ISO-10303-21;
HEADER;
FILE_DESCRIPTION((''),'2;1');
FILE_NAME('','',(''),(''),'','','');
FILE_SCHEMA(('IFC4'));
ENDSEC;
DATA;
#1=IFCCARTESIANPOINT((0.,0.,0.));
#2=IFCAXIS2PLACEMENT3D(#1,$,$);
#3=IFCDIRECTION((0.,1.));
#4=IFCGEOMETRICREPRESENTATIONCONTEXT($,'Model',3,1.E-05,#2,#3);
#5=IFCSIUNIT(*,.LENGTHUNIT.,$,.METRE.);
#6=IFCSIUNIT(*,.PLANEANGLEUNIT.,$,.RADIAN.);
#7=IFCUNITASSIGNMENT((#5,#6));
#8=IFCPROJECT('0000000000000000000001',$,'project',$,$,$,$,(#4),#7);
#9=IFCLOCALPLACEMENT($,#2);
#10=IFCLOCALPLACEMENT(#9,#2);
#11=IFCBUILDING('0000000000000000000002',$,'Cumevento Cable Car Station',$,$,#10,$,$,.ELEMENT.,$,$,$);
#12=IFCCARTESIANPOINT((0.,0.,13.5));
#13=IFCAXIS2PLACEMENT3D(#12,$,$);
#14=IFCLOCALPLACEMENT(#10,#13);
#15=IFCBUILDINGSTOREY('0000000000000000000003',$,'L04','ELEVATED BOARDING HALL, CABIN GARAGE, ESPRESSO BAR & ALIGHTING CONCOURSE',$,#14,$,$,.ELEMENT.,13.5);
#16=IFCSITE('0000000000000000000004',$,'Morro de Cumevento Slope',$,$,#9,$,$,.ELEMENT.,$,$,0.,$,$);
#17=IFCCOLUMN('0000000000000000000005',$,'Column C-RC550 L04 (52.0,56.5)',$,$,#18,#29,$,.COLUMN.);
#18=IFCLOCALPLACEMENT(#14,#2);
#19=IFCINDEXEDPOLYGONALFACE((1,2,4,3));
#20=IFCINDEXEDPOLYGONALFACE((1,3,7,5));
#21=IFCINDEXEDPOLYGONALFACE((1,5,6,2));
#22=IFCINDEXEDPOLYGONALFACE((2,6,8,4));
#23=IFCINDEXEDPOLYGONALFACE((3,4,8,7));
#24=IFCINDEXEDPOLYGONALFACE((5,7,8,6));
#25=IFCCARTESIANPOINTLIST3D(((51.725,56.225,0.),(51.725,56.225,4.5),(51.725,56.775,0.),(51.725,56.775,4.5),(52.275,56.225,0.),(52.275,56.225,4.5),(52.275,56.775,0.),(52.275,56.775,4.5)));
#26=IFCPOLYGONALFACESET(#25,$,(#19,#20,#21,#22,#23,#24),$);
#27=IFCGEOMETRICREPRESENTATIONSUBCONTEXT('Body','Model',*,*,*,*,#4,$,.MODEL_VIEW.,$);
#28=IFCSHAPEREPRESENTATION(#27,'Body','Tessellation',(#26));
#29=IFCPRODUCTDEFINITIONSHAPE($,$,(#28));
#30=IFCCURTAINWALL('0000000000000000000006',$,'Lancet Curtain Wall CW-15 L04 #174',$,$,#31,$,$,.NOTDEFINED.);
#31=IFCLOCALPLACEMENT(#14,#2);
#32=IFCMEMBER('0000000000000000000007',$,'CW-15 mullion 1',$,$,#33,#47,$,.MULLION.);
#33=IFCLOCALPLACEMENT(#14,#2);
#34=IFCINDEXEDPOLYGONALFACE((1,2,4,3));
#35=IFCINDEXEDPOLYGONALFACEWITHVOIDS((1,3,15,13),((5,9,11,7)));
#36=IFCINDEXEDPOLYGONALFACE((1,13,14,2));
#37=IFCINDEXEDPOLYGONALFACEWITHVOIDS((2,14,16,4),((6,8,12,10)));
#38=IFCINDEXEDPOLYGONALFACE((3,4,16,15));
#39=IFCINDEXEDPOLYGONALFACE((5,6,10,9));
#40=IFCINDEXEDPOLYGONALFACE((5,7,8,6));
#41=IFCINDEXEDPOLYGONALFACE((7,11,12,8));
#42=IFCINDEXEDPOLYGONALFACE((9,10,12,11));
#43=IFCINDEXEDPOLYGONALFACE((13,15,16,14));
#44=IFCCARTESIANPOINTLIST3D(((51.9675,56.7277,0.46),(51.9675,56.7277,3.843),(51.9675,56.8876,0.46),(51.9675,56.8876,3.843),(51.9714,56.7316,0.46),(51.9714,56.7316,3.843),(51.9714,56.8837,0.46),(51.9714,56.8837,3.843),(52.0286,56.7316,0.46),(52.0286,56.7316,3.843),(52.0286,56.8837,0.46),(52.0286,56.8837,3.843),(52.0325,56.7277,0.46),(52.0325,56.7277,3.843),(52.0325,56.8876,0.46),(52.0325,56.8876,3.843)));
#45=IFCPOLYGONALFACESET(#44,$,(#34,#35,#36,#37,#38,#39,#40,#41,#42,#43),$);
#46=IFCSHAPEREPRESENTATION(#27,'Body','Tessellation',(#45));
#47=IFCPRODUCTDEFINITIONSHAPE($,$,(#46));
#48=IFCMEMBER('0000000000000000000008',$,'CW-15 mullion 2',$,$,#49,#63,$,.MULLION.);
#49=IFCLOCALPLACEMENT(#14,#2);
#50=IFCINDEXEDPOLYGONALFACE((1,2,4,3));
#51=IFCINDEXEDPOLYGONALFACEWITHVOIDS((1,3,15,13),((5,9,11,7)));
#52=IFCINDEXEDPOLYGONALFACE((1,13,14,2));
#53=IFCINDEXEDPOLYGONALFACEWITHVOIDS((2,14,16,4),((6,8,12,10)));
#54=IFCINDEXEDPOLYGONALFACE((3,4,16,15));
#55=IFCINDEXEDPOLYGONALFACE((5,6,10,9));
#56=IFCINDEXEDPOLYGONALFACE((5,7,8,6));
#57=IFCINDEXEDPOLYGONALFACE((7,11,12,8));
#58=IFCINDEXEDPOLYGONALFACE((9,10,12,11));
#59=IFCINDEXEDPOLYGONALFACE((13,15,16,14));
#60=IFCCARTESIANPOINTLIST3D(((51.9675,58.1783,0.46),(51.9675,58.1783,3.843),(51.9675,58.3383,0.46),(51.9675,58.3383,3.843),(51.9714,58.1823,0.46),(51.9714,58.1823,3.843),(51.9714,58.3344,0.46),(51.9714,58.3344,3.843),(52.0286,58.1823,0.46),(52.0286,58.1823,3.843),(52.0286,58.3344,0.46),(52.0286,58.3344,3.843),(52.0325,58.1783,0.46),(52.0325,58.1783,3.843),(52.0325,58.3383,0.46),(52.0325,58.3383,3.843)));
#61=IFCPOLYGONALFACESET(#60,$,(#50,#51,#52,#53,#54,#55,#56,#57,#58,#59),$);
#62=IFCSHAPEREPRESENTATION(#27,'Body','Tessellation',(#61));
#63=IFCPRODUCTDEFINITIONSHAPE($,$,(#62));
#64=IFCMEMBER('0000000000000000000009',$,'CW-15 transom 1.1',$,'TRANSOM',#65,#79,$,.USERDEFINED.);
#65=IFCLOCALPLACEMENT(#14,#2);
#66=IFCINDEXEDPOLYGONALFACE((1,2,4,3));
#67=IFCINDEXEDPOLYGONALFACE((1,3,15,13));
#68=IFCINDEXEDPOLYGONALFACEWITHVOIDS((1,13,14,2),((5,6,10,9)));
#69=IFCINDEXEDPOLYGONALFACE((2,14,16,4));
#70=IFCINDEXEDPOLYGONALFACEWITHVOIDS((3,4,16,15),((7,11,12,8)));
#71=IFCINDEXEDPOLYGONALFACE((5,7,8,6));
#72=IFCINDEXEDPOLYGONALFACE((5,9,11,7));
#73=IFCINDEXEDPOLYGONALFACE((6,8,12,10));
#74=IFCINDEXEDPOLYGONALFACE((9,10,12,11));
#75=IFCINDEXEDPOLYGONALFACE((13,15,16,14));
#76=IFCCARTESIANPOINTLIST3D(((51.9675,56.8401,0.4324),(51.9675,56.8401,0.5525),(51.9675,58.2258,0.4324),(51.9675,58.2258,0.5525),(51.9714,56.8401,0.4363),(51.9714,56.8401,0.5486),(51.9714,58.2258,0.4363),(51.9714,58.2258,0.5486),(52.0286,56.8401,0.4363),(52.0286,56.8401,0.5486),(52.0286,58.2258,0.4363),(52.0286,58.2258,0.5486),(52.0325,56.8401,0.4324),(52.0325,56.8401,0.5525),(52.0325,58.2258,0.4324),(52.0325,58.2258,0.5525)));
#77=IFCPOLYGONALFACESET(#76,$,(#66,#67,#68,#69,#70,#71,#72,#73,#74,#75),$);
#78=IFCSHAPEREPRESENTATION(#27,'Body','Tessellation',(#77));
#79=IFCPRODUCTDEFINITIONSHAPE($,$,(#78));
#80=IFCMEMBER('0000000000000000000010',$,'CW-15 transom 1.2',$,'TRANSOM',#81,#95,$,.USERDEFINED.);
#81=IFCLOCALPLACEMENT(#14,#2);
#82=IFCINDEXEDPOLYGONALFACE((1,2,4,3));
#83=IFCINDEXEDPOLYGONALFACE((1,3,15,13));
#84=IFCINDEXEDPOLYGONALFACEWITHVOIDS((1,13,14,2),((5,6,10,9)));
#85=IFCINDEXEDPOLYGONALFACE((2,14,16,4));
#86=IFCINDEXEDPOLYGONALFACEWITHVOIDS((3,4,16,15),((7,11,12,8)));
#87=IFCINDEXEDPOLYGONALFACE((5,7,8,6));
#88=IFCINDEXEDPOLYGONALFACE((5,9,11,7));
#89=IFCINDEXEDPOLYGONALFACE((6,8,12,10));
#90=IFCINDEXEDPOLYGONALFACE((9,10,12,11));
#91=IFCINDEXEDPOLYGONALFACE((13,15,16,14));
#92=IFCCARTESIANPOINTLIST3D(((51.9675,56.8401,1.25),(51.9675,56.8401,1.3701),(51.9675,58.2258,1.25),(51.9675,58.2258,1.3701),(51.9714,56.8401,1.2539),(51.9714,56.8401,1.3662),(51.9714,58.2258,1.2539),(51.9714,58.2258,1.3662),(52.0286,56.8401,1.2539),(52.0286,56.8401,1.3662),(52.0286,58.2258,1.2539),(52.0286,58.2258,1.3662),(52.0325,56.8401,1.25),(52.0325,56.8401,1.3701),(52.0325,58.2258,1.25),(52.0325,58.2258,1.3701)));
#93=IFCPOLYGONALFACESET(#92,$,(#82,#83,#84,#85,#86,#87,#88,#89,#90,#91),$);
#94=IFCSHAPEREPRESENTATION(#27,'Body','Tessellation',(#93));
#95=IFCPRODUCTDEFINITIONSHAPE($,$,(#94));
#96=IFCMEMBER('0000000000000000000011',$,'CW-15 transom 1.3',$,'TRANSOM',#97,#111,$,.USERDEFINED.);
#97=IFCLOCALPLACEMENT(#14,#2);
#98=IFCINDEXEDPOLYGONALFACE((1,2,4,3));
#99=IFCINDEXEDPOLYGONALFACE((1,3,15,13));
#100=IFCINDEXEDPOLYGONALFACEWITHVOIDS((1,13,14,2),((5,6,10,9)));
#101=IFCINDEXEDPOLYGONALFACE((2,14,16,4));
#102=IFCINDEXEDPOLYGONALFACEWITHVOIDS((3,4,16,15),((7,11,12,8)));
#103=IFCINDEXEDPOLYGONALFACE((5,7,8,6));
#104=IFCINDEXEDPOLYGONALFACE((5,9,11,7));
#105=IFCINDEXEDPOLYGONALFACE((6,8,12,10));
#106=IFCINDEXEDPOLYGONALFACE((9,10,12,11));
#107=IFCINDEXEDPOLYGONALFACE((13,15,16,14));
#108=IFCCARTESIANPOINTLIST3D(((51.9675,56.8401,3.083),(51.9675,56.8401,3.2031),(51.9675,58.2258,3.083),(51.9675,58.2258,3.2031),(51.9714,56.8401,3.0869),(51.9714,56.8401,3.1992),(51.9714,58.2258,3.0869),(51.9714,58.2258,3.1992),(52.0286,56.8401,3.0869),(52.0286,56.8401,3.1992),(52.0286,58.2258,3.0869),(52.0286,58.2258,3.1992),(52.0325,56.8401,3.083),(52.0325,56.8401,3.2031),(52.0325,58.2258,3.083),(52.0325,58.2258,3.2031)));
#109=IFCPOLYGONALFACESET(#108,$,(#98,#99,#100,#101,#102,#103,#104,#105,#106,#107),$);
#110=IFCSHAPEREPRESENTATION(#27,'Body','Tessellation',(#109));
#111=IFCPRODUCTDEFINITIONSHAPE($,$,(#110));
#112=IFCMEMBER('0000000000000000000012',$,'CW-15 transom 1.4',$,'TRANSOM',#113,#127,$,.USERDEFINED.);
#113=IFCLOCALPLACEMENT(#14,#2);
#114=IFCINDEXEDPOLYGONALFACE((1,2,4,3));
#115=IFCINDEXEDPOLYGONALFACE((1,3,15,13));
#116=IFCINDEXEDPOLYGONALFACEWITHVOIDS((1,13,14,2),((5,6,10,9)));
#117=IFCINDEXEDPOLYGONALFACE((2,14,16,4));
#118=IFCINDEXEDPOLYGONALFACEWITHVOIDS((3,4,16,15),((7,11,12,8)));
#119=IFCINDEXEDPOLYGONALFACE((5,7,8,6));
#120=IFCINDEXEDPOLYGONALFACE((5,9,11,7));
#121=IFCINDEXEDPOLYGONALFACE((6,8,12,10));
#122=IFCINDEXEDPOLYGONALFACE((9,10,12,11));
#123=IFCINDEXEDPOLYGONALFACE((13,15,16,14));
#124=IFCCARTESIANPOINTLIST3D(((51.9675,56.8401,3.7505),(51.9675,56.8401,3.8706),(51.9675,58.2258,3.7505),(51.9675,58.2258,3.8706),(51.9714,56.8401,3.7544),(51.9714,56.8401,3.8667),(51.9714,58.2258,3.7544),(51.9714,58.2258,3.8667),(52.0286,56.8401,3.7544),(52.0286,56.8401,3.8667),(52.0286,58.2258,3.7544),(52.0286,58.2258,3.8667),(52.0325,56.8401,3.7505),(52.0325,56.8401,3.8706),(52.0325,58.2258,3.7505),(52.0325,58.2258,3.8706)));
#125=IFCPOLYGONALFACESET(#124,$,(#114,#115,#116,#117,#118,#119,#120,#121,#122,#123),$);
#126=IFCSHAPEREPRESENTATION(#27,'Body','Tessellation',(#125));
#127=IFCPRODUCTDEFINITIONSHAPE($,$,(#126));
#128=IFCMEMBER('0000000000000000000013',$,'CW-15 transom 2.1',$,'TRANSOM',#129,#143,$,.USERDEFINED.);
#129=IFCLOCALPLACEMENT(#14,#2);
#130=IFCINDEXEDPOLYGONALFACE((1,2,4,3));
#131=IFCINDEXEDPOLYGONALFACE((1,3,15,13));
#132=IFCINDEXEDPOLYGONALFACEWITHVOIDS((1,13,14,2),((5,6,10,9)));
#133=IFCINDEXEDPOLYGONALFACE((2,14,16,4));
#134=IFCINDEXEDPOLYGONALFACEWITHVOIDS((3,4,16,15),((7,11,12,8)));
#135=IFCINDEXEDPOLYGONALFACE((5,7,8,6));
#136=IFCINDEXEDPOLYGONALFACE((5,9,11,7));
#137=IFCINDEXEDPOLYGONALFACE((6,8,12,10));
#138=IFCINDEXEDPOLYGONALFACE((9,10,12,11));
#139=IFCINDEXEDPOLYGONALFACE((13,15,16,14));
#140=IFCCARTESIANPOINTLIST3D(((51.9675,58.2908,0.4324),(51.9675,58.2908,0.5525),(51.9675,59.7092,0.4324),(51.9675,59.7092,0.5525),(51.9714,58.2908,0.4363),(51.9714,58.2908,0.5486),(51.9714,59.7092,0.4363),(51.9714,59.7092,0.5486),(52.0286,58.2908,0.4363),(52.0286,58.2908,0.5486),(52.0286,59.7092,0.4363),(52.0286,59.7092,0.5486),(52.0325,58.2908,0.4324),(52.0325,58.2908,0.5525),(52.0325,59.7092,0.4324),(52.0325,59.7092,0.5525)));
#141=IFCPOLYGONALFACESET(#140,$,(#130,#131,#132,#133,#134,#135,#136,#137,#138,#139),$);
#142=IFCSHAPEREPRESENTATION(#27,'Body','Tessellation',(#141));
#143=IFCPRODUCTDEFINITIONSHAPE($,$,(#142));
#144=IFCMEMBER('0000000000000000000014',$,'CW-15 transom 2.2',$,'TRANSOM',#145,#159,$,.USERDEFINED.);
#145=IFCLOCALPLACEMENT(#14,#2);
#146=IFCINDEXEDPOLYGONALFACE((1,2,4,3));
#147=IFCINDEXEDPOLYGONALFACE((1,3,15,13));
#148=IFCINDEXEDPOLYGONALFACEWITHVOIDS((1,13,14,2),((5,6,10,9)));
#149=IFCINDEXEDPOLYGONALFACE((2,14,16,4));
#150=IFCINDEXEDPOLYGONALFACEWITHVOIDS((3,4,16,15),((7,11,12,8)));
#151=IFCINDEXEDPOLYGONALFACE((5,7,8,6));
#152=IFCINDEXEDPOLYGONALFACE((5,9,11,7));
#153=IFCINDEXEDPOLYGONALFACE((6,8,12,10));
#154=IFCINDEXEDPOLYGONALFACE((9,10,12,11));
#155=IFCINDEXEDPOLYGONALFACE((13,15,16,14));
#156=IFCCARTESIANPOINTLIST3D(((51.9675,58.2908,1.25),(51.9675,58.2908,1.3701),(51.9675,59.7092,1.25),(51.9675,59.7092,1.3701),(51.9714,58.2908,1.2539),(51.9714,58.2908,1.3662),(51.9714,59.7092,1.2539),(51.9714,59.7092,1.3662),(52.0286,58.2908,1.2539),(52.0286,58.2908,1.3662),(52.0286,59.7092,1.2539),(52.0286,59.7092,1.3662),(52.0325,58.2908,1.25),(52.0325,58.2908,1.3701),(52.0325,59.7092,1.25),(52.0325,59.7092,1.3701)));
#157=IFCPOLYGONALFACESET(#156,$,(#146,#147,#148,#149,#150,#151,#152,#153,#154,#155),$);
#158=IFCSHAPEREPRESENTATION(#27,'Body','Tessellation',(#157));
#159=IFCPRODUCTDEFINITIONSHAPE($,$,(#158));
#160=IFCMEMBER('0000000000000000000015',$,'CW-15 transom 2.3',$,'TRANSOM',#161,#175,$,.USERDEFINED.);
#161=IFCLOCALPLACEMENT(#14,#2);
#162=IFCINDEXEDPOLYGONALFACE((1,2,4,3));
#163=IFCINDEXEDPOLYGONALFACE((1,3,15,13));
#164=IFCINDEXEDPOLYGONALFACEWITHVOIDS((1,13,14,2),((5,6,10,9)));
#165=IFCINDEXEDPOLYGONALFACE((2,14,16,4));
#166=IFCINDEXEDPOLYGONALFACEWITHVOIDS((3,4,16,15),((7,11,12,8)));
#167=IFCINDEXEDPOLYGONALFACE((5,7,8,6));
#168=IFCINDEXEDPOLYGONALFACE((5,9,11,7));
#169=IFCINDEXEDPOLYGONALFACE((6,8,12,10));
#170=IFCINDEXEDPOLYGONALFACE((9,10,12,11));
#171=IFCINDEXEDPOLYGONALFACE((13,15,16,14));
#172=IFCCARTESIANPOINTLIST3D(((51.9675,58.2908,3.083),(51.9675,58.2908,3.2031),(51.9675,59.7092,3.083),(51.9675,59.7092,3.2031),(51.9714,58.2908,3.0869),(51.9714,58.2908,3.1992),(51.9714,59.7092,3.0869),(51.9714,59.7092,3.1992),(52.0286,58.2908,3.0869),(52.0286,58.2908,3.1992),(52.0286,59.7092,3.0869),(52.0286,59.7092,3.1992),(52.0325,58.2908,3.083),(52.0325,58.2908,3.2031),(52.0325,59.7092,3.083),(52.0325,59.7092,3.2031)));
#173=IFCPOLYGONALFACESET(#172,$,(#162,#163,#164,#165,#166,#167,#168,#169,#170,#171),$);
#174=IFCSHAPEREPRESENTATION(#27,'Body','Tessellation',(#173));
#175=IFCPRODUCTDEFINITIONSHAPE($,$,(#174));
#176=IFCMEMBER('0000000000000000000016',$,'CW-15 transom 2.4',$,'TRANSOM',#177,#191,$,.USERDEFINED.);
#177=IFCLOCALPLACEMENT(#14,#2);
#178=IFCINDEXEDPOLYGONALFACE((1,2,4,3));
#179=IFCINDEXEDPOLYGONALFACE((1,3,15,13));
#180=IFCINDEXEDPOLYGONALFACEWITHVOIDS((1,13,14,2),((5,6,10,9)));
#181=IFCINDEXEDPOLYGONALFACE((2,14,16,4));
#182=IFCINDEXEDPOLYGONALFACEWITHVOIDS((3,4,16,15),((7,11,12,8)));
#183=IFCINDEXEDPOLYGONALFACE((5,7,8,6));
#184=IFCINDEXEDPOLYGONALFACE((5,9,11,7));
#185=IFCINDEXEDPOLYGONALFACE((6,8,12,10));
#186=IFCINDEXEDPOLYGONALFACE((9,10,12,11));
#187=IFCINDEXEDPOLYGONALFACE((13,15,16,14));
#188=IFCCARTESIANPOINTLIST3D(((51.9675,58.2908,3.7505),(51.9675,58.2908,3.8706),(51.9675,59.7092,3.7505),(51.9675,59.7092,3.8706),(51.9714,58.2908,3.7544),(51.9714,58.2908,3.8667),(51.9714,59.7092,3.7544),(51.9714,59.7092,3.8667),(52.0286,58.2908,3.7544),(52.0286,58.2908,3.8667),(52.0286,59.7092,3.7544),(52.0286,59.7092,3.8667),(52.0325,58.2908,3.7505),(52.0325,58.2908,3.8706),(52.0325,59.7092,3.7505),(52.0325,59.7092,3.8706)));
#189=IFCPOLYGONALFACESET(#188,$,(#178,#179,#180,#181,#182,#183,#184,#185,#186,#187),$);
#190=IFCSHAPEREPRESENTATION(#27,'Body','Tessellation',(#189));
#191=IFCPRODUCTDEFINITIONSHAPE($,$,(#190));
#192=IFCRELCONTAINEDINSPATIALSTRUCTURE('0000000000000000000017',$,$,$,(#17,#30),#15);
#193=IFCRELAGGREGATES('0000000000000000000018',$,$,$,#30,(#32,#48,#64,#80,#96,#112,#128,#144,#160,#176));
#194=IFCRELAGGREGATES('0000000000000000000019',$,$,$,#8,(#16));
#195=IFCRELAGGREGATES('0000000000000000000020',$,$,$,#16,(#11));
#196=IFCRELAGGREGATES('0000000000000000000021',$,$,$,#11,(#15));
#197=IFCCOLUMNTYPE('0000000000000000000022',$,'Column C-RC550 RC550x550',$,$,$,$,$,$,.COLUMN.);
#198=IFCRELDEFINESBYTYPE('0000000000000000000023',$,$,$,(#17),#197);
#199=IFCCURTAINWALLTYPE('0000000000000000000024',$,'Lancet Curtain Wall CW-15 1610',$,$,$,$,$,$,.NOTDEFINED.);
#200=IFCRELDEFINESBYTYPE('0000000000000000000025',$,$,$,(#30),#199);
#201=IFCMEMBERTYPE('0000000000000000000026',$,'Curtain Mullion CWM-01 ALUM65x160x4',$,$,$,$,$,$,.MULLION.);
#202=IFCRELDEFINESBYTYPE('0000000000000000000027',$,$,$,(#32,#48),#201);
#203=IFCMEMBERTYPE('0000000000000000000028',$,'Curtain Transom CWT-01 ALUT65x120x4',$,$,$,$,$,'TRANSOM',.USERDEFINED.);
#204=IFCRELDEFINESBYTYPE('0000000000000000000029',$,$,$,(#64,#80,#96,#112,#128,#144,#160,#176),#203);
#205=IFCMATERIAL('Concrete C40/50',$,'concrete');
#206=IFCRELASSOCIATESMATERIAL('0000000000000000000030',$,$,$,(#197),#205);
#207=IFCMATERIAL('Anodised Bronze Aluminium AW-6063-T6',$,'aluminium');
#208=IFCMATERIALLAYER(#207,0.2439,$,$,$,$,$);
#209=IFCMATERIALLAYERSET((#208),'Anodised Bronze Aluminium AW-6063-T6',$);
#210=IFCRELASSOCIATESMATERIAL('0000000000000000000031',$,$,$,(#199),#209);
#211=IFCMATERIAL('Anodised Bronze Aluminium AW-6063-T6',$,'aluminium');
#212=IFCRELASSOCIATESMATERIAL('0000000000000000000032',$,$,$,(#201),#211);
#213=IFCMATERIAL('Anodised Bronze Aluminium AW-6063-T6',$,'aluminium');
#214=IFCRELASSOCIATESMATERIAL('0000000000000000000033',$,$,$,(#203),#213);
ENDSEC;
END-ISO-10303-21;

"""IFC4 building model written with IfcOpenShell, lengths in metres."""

from ifc_helpers import new_model, si_unit, direction, frame, origin, origin_2d, place, context, subcontext, project, spatial, rectangle, hollow_rectangle, extrude, material, layer, layer_set, material_profile, profile_set, type_object, element, aggregate, save


model = new_model("IFC4")

# Units and contexts
model_context = context("Model", 3, precision=1e-05, world=origin(), true_north=direction((0.0, 1.0)))
body_context = subcontext(model_context, "Body", "Model", "MODEL_VIEW")
ifc_project = project(units=[si_unit("LENGTHUNIT", "METRE"), si_unit("PLANEANGLEUNIT", "RADIAN")], contexts=[model_context])

# Site, building, storey
site_placement = place(None, origin())
site = spatial("IfcSite", under=ifc_project, at=site_placement, Name="Morro de Cumevento Slope", CompositionType="ELEMENT", RefElevation=0.0)
building_placement = place(site_placement, origin())
building = spatial("IfcBuilding", under=site, at=building_placement, Name="Cumevento Cable Car Station", CompositionType="ELEMENT")
storey_placement = place(building_placement, frame((0.0, 0.0, 13.5)))
storey = spatial("IfcBuildingStorey", under=building, at=storey_placement, Name="L04", Description="ELEVATED BOARDING HALL, CABIN GARAGE, ESPRESSO BAR & ALIGHTING CONCOURSE", CompositionType="ELEMENT", Elevation=13.5)

# Column
ifc_material_1 = material(Name="Concrete C40/50", Category="concrete")
ifc_material_profile_1 = material_profile(ifc_material_1, rectangle(XDim=0.55, YDim=0.55, at=origin_2d()), Name="RC550x550")
ifc_profile_set_1 = profile_set([ifc_material_profile_1], Name="Concrete C40/50")
column_type = type_object("IfcColumnType", Name="Column C-RC550 RC550x550", PredefinedType="COLUMN", material=ifc_profile_set_1)
column_placement = place(storey_placement, frame((52.0, 56.5, 0.0), z_axis=(0.0, 0.0, 1.0), x_axis=(1.0, 0.0, 0.0)))
element("IfcColumn", 1, at=column_placement, inside=storey, type_object=column_type, Name="Column C-RC550 L04 (52.0,56.5)", PredefinedType="COLUMN", context=body_context, shape_type="SweptSolid", body=[
    extrude(rectangle(XDim=0.55, YDim=0.55, at=origin_2d()), origin(), (0.0, 0.0, 1.0), 4.5),
])

# Curtain wall, members
ifc_material_2 = material(Name="Anodised Bronze Aluminium AW-6063-T6", Category="aluminium")
ifc_layer_1 = layer(ifc_material_2, 0.2439)
ifc_layer_set_1 = layer_set([ifc_layer_1], Name="Anodised Bronze Aluminium AW-6063-T6")
curtain_wall_type = type_object("IfcCurtainWallType", Name="Lancet Curtain Wall CW-15 1610", PredefinedType="NOTDEFINED", material=ifc_layer_set_1)
curtain_wall_placement = place(storey_placement, origin())
curtain_wall = element("IfcCurtainWall", 2, at=curtain_wall_placement, inside=storey, type_object=curtain_wall_type, Name="Lancet Curtain Wall CW-15 L04 #174", PredefinedType="NOTDEFINED")
ifc_material_3 = material(Name="Anodised Bronze Aluminium AW-6063-T6", Category="aluminium")
ifc_material_profile_2 = material_profile(ifc_material_3, hollow_rectangle(XDim=0.0649, YDim=0.1599, WallThickness=0.0039, at=origin_2d()), Name="ALUM65x160x4")
ifc_profile_set_2 = profile_set([ifc_material_profile_2], Name="Anodised Bronze Aluminium AW-6063-T6")
member_type_1 = type_object("IfcMemberType", Name="Curtain Mullion CWM-01 ALUM65x160x4", PredefinedType="MULLION", material=ifc_profile_set_2)
member_1_placement = place(storey_placement, frame((52.0, 56.8076, 0.46), z_axis=(0.0, 0.0, 1.0), x_axis=(-1.0, 0.0, 0.0)))
member_1 = element("IfcMember", 3, at=member_1_placement, type_object=member_type_1, Name="CW-15 mullion 1", PredefinedType="MULLION", context=body_context, shape_type="SweptSolid", body=[
    extrude(hollow_rectangle(XDim=0.0649, YDim=0.1599, WallThickness=0.0039, at=origin_2d()), origin(), (0.0, 0.0, 1.0), 3.3831),
])
member_2_placement = place(storey_placement, frame((52.0, 58.2583, 0.46), z_axis=(0.0, 0.0, 1.0), x_axis=(-1.0, 0.0, 0.0)))
member_2 = element("IfcMember", 4, at=member_2_placement, type_object=member_type_1, Name="CW-15 mullion 2", PredefinedType="MULLION", context=body_context, shape_type="SweptSolid", body=[
    extrude(hollow_rectangle(XDim=0.0649, YDim=0.1599, WallThickness=0.0039, at=origin_2d()), origin(), (0.0, 0.0, 1.0), 3.3831),
])
ifc_material_4 = material(Name="Anodised Bronze Aluminium AW-6063-T6", Category="aluminium")
ifc_material_profile_3 = material_profile(ifc_material_4, hollow_rectangle(XDim=0.0649, YDim=0.1201, WallThickness=0.0039, at=origin_2d()), Name="ALUT65x120x4")
ifc_profile_set_3 = profile_set([ifc_material_profile_3], Name="Anodised Bronze Aluminium AW-6063-T6")
member_type_2 = type_object("IfcMemberType", Name="Curtain Transom CWT-01 ALUT65x120x4", ElementType="TRANSOM", PredefinedType="USERDEFINED", material=ifc_profile_set_3)
member_3_placement = place(storey_placement, frame((52.0, 56.8401, 0.4924), z_axis=(0.0, 1.0, 0.0), x_axis=(-1.0, 0.0, 0.0)))
member_3 = element("IfcMember", 5, at=member_3_placement, type_object=member_type_2, Name="CW-15 transom 1.1", ObjectType="TRANSOM", PredefinedType="USERDEFINED", context=body_context, shape_type="SweptSolid", body=[
    extrude(hollow_rectangle(XDim=0.0649, YDim=0.1201, WallThickness=0.0039, at=origin_2d()), origin(), (0.0, 0.0, 1.0), 1.3857),
])
member_4_placement = place(storey_placement, frame((52.0, 56.8401, 1.3101), z_axis=(0.0, 1.0, 0.0), x_axis=(-1.0, 0.0, 0.0)))
member_4 = element("IfcMember", 6, at=member_4_placement, type_object=member_type_2, Name="CW-15 transom 1.2", ObjectType="TRANSOM", PredefinedType="USERDEFINED", context=body_context, shape_type="SweptSolid", body=[
    extrude(hollow_rectangle(XDim=0.0649, YDim=0.1201, WallThickness=0.0039, at=origin_2d()), origin(), (0.0, 0.0, 1.0), 1.3857),
])
member_5_placement = place(storey_placement, frame((52.0, 56.8401, 3.1431), z_axis=(0.0, 1.0, 0.0), x_axis=(-1.0, 0.0, 0.0)))
member_5 = element("IfcMember", 7, at=member_5_placement, type_object=member_type_2, Name="CW-15 transom 1.3", ObjectType="TRANSOM", PredefinedType="USERDEFINED", context=body_context, shape_type="SweptSolid", body=[
    extrude(hollow_rectangle(XDim=0.0649, YDim=0.1201, WallThickness=0.0039, at=origin_2d()), origin(), (0.0, 0.0, 1.0), 1.3857),
])
member_6_placement = place(storey_placement, frame((52.0, 56.8401, 3.8105), z_axis=(0.0, 1.0, 0.0), x_axis=(-1.0, 0.0, 0.0)))
member_6 = element("IfcMember", 8, at=member_6_placement, type_object=member_type_2, Name="CW-15 transom 1.4", ObjectType="TRANSOM", PredefinedType="USERDEFINED", context=body_context, shape_type="SweptSolid", body=[
    extrude(hollow_rectangle(XDim=0.0649, YDim=0.1201, WallThickness=0.0039, at=origin_2d()), origin(), (0.0, 0.0, 1.0), 1.3857),
])
member_7_placement = place(storey_placement, frame((52.0, 58.2908, 0.4924), z_axis=(0.0, 1.0, 0.0), x_axis=(-1.0, 0.0, 0.0)))
member_7 = element("IfcMember", 9, at=member_7_placement, type_object=member_type_2, Name="CW-15 transom 2.1", ObjectType="TRANSOM", PredefinedType="USERDEFINED", context=body_context, shape_type="SweptSolid", body=[
    extrude(hollow_rectangle(XDim=0.0649, YDim=0.1201, WallThickness=0.0039, at=origin_2d()), origin(), (0.0, 0.0, 1.0), 1.4185),
])
member_8_placement = place(storey_placement, frame((52.0, 58.2908, 1.3101), z_axis=(0.0, 1.0, 0.0), x_axis=(-1.0, 0.0, 0.0)))
member_8 = element("IfcMember", 10, at=member_8_placement, type_object=member_type_2, Name="CW-15 transom 2.2", ObjectType="TRANSOM", PredefinedType="USERDEFINED", context=body_context, shape_type="SweptSolid", body=[
    extrude(hollow_rectangle(XDim=0.0649, YDim=0.1201, WallThickness=0.0039, at=origin_2d()), origin(), (0.0, 0.0, 1.0), 1.4185),
])
member_9_placement = place(storey_placement, frame((52.0, 58.2908, 3.1431), z_axis=(0.0, 1.0, 0.0), x_axis=(-1.0, 0.0, 0.0)))
member_9 = element("IfcMember", 11, at=member_9_placement, type_object=member_type_2, Name="CW-15 transom 2.3", ObjectType="TRANSOM", PredefinedType="USERDEFINED", context=body_context, shape_type="SweptSolid", body=[
    extrude(hollow_rectangle(XDim=0.0649, YDim=0.1201, WallThickness=0.0039, at=origin_2d()), origin(), (0.0, 0.0, 1.0), 1.4185),
])
member_10_placement = place(storey_placement, frame((52.0, 58.2908, 3.8105), z_axis=(0.0, 1.0, 0.0), x_axis=(-1.0, 0.0, 0.0)))
member_10 = element("IfcMember", 12, at=member_10_placement, type_object=member_type_2, Name="CW-15 transom 2.4", ObjectType="TRANSOM", PredefinedType="USERDEFINED", context=body_context, shape_type="SweptSolid", body=[
    extrude(hollow_rectangle(XDim=0.0649, YDim=0.1201, WallThickness=0.0039, at=origin_2d()), origin(), (0.0, 0.0, 1.0), 1.4185),
])

aggregate(curtain_wall, [member_1, member_2, member_3, member_4, member_5, member_6, member_7, member_8, member_9, member_10])

save(model, "model.ifc")
